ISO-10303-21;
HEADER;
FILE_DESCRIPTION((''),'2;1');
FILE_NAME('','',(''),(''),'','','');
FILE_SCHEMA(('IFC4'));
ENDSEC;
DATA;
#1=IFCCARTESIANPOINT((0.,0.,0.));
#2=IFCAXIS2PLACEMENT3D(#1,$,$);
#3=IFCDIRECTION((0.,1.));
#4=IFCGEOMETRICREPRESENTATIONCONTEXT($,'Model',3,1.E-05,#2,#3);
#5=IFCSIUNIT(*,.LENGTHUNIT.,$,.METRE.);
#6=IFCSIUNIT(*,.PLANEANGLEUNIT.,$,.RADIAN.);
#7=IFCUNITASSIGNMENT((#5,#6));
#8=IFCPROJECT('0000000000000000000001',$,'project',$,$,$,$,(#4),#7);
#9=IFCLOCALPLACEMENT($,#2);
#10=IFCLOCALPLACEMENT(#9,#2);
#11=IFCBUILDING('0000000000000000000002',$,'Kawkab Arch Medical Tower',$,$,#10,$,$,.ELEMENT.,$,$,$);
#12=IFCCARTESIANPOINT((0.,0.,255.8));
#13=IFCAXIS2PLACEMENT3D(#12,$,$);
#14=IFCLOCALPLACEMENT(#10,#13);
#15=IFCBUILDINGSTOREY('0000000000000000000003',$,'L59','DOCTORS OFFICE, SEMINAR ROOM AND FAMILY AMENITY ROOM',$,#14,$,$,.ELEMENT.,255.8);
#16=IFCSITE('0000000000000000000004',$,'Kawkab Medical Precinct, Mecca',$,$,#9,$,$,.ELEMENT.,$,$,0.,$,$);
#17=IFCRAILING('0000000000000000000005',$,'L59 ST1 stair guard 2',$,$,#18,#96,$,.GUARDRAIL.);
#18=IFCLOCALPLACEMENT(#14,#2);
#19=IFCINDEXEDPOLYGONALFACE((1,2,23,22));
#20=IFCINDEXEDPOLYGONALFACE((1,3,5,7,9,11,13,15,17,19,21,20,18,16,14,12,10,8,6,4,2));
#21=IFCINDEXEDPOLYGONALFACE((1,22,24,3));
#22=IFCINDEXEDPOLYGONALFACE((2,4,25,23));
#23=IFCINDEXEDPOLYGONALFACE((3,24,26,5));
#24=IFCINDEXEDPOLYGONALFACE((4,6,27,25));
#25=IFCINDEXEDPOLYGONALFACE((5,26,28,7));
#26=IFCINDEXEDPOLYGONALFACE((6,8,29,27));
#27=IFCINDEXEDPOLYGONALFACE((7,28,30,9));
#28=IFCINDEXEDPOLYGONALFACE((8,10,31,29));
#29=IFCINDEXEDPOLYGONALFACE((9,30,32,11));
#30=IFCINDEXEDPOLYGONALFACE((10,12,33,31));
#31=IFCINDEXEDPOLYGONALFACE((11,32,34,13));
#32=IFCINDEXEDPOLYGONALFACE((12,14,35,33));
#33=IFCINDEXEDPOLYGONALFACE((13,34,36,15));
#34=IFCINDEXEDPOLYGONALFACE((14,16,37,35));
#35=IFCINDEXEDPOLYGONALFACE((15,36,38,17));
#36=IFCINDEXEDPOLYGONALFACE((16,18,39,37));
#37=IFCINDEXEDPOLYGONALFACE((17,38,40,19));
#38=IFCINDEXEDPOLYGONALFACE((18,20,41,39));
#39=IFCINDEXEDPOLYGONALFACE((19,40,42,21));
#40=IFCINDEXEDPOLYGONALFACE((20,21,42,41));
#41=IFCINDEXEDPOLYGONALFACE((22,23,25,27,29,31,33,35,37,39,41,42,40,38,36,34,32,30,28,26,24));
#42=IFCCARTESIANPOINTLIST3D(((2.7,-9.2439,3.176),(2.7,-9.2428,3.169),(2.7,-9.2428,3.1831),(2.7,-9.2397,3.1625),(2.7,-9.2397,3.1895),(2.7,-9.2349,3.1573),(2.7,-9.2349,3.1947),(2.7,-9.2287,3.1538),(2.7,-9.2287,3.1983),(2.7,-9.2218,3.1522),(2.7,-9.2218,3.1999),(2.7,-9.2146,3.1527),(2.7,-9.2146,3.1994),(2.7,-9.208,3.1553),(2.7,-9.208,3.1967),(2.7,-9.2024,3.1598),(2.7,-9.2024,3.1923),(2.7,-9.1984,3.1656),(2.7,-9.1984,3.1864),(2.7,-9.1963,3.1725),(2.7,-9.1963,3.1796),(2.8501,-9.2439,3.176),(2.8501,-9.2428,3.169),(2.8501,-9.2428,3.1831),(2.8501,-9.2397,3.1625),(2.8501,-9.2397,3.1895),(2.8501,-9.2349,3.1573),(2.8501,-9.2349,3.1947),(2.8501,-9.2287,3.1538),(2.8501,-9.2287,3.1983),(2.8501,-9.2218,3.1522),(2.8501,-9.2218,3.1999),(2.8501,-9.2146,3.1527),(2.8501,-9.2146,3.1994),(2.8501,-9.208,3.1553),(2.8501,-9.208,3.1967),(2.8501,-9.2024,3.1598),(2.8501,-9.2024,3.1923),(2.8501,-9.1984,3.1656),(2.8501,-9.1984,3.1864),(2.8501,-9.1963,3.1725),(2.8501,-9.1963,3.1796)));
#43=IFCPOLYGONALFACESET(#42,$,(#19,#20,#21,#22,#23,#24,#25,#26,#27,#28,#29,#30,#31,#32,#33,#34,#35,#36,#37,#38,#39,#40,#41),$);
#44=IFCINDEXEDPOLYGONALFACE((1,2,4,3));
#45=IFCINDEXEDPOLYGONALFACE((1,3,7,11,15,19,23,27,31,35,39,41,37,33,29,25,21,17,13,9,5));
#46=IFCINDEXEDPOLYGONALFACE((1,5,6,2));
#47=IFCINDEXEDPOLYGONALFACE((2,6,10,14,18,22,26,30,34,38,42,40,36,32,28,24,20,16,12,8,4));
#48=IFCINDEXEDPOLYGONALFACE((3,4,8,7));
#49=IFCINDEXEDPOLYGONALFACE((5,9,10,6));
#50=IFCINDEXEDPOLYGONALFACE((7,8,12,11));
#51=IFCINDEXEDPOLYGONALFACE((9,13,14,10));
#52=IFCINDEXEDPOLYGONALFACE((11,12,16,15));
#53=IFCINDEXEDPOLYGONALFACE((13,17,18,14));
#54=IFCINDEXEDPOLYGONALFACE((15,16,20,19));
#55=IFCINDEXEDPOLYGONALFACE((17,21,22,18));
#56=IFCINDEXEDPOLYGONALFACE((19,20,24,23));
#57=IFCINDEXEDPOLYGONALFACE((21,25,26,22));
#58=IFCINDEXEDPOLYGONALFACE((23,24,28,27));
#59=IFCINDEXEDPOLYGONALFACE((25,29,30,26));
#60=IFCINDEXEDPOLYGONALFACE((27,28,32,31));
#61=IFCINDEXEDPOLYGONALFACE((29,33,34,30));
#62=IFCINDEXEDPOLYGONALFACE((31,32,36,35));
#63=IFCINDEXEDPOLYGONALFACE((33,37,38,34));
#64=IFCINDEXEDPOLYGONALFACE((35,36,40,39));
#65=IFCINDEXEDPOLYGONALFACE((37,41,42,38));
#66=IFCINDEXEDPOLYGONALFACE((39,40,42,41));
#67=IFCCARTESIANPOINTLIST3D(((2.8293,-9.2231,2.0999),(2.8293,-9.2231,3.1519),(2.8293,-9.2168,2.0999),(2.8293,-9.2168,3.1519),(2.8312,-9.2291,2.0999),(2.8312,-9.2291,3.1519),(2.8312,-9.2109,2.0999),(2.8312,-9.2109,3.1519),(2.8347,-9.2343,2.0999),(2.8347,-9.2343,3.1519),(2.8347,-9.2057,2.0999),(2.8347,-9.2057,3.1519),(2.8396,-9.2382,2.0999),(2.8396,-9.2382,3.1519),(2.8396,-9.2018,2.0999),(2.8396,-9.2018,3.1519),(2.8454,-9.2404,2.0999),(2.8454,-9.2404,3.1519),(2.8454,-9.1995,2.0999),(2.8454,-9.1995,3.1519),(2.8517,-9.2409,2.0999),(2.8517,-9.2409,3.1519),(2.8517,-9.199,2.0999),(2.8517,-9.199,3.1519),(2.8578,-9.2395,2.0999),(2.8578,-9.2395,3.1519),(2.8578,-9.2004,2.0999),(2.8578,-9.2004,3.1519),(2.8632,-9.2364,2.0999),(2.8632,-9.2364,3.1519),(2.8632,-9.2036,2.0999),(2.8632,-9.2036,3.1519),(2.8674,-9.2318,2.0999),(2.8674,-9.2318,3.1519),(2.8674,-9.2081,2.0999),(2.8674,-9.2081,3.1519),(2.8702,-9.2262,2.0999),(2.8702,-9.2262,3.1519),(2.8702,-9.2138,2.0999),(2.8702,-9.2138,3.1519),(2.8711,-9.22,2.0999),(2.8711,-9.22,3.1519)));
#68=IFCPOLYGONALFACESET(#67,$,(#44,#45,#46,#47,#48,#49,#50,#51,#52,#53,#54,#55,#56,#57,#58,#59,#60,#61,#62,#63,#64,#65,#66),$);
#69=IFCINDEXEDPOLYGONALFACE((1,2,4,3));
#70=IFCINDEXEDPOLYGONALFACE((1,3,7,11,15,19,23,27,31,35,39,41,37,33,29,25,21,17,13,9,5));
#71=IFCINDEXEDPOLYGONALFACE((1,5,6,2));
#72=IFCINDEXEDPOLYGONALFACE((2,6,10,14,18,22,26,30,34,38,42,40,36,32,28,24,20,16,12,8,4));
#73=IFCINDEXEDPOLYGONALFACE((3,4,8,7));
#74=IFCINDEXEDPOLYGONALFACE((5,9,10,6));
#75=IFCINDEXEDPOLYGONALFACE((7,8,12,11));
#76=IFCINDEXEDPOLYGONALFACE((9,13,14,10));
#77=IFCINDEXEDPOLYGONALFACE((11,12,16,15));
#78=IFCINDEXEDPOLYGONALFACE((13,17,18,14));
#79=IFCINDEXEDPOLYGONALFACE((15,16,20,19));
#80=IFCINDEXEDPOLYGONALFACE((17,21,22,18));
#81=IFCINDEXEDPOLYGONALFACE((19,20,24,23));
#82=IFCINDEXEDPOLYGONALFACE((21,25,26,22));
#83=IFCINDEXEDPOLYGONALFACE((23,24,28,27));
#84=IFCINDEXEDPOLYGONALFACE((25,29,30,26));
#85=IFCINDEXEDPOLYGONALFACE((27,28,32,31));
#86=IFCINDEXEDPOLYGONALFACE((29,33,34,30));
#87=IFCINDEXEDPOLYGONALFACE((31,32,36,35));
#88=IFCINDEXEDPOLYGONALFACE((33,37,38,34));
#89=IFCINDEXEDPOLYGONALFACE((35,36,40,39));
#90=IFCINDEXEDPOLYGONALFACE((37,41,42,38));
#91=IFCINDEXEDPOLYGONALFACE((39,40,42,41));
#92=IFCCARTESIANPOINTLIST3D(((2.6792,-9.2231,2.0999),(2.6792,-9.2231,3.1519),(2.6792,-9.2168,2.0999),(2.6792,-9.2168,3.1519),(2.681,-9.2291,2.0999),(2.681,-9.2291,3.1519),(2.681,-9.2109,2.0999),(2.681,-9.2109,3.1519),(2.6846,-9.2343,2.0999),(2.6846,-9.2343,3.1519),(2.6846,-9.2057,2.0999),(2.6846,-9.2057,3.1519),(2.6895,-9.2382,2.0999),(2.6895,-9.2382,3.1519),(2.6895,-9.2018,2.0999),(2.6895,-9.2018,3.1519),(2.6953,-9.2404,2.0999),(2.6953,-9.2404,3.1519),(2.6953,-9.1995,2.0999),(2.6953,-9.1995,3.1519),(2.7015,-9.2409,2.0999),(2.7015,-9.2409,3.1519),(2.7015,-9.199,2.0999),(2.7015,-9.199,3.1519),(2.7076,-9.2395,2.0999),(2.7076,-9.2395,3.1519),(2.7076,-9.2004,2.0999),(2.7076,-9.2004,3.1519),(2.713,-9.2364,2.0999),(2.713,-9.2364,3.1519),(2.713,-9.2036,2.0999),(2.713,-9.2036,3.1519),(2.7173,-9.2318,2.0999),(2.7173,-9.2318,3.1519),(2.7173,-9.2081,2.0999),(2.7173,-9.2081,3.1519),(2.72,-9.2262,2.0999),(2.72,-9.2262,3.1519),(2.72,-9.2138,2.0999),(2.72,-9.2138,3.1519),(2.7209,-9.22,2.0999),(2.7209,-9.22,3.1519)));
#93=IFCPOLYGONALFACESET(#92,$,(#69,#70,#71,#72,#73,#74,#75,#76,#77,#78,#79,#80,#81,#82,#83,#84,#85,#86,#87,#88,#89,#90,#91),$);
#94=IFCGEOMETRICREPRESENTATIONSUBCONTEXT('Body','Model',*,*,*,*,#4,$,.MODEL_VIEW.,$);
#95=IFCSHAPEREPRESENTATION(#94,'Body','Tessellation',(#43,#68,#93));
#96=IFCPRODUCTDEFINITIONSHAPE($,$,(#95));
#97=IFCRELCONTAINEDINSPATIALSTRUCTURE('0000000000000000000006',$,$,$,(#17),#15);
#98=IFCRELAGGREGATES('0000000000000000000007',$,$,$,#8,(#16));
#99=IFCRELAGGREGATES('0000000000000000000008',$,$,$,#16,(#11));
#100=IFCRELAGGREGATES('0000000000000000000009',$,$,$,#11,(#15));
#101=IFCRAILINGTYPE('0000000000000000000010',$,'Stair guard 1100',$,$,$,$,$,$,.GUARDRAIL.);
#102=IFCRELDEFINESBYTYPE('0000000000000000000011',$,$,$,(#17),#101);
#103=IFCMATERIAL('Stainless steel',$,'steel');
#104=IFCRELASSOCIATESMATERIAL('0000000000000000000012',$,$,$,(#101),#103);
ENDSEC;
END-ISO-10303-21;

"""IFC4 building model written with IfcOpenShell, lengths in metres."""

from ifc_helpers import new_model, si_unit, direction, frame, origin, origin_2d, place, context, subcontext, project, spatial, circle, extrude, material, type_object, element, save


model = new_model("IFC4")

# Units and contexts
model_context = context("Model", 3, precision=1e-05, world=origin(), true_north=direction((0.0, 1.0)))
body_context = subcontext(model_context, "Body", "Model", "MODEL_VIEW")
ifc_project = project(units=[si_unit("LENGTHUNIT", "METRE"), si_unit("PLANEANGLEUNIT", "RADIAN")], contexts=[model_context])

# Site, building, storey
site_placement = place(None, origin())
site = spatial("IfcSite", under=ifc_project, at=site_placement, Name="Kawkab Medical Precinct, Mecca", CompositionType="ELEMENT", RefElevation=0.0)
building_placement = place(site_placement, origin())
building = spatial("IfcBuilding", under=site, at=building_placement, Name="Kawkab Arch Medical Tower", CompositionType="ELEMENT")
storey_placement = place(building_placement, frame((0.0, 0.0, 255.8)))
storey = spatial("IfcBuildingStorey", under=building, at=storey_placement, Name="L59", Description="DOCTORS OFFICE, SEMINAR ROOM AND FAMILY AMENITY ROOM", CompositionType="ELEMENT", Elevation=255.8)

# Railing
ifc_material_1 = material(Name="Stainless steel", Category="steel")
railing_type_1 = type_object("IfcRailingType", Name="Stair guard 1100", PredefinedType="GUARDRAIL", material=ifc_material_1)
railing_1_placement = place(storey_placement, frame((2.8501, -9.22, 2.0999)))
element("IfcRailing", 1, at=railing_1_placement, inside=storey, type_object=railing_type_1, Name="L59 ST1 stair guard 2", PredefinedType="GUARDRAIL", context=body_context, shape_type="SweptSolid", body=[
    extrude(circle(Radius=0.0239, at=origin_2d()), frame((0.0, 0.0, 1.0762), z_axis=(-1.0, 0.0, 0.0), x_axis=(0.0, -1.0, 0.0)), (0.0, 0.0, 1.0), 0.1501),
    extrude(circle(Radius=0.021, at=origin_2d()), origin(), (0.0, 0.0, 1.0), 1.052),
    extrude(circle(Radius=0.021, at=origin_2d()), frame((-0.1501, 0.0, 0.0)), (0.0, 0.0, 1.0), 1.052),
])

save(model, "model.ifc")
